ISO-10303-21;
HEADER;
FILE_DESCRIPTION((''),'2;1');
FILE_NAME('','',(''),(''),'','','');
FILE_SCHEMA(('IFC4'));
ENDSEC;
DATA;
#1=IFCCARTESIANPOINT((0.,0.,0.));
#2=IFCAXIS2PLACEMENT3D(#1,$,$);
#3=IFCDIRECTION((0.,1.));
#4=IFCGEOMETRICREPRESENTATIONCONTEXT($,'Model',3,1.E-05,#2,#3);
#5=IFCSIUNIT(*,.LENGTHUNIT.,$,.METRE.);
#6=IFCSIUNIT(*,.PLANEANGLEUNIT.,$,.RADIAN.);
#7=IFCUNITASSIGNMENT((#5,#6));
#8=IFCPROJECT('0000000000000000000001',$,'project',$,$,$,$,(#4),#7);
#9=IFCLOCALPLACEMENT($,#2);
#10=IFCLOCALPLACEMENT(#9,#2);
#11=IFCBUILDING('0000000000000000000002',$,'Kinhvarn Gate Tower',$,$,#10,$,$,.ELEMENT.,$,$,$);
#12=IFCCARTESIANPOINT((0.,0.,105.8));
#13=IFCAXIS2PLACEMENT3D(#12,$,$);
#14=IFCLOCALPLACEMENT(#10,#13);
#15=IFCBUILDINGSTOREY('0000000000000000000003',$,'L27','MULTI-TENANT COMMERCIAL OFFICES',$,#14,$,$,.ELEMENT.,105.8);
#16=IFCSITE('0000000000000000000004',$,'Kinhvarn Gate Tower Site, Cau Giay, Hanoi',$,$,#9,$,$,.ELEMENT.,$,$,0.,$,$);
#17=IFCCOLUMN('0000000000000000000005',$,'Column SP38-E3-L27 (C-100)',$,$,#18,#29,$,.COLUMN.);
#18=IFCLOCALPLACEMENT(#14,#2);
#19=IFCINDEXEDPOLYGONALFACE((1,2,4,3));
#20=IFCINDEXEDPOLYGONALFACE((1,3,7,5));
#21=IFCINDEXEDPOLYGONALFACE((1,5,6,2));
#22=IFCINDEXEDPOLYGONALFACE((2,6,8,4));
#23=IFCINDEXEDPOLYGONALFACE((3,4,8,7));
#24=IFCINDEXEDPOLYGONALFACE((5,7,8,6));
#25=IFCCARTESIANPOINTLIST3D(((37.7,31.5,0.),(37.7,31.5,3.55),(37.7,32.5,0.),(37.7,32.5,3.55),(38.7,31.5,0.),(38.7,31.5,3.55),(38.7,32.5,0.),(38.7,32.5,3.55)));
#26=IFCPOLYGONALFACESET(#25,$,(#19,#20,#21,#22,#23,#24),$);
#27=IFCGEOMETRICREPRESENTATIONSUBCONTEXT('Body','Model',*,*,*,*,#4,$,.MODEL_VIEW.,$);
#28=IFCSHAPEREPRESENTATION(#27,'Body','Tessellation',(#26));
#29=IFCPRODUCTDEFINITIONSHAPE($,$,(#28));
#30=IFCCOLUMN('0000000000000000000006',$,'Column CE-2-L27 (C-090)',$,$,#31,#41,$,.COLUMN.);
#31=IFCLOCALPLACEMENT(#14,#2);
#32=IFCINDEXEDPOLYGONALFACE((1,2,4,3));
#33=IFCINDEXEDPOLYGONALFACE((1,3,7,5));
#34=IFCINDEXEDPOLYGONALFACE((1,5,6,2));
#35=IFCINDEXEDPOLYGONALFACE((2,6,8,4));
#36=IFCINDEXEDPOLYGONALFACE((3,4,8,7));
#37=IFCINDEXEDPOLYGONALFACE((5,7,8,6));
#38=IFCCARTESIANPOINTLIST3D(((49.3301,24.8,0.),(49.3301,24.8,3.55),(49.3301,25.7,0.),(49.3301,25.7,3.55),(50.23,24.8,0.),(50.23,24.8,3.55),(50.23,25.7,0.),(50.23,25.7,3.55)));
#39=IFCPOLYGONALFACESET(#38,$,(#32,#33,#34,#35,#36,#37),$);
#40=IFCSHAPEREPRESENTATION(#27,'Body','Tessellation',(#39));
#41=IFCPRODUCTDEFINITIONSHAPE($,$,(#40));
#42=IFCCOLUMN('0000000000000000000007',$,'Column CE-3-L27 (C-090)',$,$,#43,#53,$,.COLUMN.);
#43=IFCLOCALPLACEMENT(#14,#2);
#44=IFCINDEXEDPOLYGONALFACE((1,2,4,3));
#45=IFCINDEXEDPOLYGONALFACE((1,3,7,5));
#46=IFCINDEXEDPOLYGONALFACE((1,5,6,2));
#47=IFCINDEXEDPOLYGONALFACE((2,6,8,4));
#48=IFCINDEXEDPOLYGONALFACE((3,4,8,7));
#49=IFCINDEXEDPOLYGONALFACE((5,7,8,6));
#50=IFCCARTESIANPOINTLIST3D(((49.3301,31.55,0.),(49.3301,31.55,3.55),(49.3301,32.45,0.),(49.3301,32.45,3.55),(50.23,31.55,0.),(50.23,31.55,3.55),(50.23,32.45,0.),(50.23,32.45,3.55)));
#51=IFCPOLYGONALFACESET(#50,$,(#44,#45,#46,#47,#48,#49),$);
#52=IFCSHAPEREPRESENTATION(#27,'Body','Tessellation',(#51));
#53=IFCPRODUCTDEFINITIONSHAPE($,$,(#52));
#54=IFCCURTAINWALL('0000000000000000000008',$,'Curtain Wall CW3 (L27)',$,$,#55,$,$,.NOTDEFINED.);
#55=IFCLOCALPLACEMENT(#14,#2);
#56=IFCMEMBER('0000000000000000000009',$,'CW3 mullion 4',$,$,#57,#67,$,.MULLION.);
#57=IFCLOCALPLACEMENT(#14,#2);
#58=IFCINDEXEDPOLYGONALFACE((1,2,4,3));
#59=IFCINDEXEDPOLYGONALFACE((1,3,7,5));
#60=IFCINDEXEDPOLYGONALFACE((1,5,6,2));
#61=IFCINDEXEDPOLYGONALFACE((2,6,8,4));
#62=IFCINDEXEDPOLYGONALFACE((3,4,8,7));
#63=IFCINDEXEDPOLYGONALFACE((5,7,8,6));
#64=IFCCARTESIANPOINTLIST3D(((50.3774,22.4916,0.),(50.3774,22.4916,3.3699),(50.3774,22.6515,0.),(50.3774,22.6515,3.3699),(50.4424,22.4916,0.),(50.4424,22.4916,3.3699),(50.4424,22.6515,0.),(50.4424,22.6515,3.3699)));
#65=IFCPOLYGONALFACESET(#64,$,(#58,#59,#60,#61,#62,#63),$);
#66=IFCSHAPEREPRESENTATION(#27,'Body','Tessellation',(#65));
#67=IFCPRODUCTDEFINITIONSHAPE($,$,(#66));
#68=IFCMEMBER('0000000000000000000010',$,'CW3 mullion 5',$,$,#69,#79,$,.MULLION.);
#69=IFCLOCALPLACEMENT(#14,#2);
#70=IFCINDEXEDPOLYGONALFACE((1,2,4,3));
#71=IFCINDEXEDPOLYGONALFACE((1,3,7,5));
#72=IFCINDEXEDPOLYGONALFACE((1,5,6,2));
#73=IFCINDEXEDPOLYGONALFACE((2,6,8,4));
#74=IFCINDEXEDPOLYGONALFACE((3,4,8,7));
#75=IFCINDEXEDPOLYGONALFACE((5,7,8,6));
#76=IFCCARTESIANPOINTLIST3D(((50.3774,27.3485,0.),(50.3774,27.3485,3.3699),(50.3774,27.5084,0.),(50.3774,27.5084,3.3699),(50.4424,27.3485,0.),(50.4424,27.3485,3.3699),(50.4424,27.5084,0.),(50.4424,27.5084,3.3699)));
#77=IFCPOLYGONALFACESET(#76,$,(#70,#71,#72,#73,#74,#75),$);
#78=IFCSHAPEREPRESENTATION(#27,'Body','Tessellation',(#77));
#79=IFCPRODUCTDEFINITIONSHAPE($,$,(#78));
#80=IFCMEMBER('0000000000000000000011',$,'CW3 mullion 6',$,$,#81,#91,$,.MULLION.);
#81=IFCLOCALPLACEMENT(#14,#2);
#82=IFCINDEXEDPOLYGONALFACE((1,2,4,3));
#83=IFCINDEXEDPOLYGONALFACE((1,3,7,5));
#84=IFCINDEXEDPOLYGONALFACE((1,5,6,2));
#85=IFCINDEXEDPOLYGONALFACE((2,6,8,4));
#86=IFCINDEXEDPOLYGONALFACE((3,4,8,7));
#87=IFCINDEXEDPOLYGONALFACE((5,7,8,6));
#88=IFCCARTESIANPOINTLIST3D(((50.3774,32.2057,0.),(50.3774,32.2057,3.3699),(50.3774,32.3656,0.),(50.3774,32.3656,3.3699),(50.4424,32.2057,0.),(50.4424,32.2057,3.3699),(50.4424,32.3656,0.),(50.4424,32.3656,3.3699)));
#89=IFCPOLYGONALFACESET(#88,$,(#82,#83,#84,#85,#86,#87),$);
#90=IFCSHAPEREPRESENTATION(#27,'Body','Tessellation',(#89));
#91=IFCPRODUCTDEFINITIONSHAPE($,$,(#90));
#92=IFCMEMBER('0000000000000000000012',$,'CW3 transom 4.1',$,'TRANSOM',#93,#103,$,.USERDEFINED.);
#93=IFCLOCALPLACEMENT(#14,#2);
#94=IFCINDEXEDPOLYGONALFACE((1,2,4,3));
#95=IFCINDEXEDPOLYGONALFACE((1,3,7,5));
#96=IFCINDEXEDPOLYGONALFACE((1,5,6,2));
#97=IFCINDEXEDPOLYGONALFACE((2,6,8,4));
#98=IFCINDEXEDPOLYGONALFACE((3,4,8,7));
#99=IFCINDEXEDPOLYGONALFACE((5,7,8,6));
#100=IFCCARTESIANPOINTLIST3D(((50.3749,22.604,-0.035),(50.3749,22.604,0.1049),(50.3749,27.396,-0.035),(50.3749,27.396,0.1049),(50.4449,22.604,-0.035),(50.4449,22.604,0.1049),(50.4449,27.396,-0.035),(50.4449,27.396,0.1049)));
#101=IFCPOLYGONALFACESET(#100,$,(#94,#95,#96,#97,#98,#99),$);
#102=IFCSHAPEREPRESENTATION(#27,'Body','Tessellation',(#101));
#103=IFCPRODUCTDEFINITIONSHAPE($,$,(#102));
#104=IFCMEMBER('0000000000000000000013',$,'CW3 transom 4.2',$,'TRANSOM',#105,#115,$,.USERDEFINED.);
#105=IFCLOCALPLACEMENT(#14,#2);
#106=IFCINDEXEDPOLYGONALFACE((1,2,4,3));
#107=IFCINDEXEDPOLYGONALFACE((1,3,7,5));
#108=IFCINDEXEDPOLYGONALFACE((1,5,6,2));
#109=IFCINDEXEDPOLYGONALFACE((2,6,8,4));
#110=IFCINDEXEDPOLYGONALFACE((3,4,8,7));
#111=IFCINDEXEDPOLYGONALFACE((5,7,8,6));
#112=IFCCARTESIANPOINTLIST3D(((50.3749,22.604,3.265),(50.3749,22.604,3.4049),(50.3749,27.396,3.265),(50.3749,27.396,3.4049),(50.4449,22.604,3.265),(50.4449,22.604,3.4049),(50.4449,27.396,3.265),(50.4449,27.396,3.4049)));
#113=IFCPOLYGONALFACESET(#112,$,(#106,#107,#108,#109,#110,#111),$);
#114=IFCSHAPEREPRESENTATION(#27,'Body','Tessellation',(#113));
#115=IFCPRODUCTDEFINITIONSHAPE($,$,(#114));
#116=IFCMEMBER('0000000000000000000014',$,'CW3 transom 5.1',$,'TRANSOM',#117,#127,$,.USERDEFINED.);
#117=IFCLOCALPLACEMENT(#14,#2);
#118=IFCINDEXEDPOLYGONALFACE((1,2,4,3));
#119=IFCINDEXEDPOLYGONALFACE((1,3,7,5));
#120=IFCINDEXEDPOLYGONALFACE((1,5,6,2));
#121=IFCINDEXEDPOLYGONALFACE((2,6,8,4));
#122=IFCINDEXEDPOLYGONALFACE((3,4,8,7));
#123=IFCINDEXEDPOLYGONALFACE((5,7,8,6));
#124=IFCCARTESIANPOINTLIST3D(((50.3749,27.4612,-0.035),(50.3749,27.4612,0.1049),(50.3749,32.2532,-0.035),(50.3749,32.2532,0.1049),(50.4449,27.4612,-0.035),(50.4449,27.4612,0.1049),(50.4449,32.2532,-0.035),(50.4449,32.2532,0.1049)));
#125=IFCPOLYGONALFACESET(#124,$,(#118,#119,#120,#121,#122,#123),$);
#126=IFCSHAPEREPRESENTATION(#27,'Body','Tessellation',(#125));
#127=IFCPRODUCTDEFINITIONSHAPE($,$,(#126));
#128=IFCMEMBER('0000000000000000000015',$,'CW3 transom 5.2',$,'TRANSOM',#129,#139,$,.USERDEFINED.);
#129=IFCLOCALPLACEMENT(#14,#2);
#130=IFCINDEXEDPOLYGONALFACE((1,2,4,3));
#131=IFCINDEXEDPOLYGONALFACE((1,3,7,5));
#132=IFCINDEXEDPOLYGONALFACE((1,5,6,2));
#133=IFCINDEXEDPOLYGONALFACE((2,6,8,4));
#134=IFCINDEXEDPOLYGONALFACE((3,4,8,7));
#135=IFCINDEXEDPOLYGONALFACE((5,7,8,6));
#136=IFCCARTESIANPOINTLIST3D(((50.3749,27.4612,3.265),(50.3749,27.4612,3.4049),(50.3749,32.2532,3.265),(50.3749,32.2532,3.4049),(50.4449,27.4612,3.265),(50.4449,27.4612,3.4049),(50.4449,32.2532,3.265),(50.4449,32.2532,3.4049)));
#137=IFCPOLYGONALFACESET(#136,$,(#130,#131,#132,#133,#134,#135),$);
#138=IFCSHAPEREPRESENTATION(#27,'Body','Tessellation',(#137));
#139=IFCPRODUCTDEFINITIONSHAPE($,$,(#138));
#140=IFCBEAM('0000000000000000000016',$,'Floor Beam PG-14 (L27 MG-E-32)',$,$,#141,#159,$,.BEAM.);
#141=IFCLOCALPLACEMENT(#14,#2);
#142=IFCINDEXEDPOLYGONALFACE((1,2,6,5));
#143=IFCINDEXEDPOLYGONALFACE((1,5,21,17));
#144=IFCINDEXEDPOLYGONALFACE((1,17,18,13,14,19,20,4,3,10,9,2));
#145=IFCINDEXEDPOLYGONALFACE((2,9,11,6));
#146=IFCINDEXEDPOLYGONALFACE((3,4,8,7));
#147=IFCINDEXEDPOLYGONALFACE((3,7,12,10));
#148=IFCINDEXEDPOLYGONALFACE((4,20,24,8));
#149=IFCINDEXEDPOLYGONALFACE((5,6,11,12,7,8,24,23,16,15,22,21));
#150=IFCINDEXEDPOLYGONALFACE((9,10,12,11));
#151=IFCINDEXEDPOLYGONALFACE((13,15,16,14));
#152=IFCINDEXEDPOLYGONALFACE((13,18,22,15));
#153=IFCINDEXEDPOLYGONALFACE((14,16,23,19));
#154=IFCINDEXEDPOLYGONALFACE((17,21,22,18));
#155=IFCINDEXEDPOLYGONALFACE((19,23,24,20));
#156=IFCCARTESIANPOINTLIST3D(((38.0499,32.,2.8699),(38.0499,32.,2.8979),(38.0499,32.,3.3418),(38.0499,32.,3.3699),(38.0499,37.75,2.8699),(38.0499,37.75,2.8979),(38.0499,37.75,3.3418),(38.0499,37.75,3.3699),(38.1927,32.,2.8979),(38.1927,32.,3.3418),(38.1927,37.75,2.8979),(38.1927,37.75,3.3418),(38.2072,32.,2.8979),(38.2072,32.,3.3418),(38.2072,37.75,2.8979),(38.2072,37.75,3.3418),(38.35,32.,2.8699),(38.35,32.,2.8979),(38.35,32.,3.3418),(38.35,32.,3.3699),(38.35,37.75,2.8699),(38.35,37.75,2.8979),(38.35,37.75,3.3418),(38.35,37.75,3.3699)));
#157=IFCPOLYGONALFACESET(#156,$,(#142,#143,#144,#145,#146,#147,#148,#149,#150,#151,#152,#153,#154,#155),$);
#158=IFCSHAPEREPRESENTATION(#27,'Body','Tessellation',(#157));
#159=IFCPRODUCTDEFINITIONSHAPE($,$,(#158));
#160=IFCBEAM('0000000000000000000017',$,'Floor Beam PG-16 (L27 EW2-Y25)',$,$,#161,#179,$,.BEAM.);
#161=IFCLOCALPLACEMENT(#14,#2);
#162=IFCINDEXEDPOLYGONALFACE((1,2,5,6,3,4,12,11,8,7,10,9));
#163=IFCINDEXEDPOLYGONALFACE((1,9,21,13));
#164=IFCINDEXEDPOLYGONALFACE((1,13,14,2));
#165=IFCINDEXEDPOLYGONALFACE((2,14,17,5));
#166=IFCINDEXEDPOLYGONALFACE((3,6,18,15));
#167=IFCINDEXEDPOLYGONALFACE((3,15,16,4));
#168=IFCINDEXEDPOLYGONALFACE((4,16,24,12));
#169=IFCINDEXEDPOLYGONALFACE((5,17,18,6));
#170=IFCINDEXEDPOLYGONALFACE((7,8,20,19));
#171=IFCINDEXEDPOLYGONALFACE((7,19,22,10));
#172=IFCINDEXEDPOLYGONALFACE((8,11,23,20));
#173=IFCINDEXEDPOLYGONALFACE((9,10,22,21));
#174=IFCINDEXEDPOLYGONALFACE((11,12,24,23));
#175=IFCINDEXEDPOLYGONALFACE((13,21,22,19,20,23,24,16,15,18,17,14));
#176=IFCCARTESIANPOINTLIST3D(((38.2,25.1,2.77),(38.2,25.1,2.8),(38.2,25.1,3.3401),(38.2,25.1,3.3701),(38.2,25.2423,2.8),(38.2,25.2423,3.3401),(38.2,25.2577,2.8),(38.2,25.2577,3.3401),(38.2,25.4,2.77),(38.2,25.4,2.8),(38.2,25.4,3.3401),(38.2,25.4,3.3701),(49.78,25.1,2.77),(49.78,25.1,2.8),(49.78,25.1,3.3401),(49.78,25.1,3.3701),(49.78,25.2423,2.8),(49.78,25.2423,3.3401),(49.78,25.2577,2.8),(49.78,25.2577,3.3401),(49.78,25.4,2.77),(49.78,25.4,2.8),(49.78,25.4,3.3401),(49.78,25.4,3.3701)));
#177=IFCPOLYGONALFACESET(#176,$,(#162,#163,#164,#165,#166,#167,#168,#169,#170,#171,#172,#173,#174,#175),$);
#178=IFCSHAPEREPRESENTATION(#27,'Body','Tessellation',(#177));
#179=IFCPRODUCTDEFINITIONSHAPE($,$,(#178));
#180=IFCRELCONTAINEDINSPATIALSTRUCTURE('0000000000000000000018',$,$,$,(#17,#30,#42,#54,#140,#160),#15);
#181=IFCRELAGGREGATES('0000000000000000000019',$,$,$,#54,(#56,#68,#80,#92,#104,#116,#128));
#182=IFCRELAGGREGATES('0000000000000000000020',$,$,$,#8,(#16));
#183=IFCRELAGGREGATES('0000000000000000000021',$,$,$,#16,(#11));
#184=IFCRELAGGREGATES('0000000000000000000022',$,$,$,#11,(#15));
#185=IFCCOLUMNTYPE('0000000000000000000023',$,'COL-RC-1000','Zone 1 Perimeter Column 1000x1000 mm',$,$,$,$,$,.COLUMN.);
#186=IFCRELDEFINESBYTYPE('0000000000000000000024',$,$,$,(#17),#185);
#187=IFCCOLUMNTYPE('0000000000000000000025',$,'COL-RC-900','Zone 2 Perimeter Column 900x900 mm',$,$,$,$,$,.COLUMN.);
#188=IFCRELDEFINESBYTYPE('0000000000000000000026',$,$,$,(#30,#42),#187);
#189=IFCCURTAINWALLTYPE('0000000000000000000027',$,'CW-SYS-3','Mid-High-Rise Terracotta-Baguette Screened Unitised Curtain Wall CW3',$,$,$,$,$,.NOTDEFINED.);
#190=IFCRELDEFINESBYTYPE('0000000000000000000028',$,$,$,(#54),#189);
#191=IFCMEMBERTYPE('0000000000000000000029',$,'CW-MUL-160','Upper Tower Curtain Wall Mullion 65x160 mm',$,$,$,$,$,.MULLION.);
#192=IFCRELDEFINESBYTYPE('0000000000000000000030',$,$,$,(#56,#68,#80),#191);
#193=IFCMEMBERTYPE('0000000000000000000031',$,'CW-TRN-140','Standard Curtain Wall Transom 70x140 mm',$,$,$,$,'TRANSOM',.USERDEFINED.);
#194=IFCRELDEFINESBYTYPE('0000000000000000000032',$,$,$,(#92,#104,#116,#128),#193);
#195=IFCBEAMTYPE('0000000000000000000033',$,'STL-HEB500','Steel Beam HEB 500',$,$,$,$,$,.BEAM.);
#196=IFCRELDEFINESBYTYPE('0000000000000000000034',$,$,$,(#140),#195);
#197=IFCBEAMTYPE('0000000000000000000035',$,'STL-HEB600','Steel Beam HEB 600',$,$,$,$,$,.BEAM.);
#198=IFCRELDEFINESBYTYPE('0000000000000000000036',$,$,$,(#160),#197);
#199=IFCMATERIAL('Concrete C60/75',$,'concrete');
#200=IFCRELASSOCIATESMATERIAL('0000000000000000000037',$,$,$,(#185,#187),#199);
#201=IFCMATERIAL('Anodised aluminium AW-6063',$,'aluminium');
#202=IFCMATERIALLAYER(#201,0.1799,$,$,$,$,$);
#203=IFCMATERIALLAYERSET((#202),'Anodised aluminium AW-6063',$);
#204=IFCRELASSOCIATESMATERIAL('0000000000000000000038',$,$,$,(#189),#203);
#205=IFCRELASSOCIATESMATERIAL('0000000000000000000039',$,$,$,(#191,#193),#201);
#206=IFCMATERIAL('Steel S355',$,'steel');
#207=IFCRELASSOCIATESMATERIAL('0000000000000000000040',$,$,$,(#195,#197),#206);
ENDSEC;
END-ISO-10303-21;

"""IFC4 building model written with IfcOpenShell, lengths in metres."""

from ifc_helpers import new_model, si_unit, direction, frame, origin, origin_2d, place, context, subcontext, project, spatial, rectangle, i_section, extrude, material, layer, layer_set, material_profile, profile_set, type_object, element, aggregate, save


model = new_model("IFC4")

# Units and contexts
model_context = context("Model", 3, precision=1e-05, world=origin(), true_north=direction((0.0, 1.0)))
body_context = subcontext(model_context, "Body", "Model", "MODEL_VIEW")
ifc_project = project(units=[si_unit("LENGTHUNIT", "METRE"), si_unit("PLANEANGLEUNIT", "RADIAN")], contexts=[model_context])

# Site, building, storey
site_placement = place(None, origin())
site = spatial("IfcSite", under=ifc_project, at=site_placement, Name="Kinhvarn Gate Tower Site, Cau Giay, Hanoi", CompositionType="ELEMENT", RefElevation=0.0)
building_placement = place(site_placement, origin())
building = spatial("IfcBuilding", under=site, at=building_placement, Name="Kinhvarn Gate Tower", CompositionType="ELEMENT")
storey_placement = place(building_placement, frame((0.0, 0.0, 105.8)))
storey = spatial("IfcBuildingStorey", under=building, at=storey_placement, Name="L27", Description="MULTI-TENANT COMMERCIAL OFFICES", CompositionType="ELEMENT", Elevation=105.8)

# Columns
ifc_material_1 = material(Name="Concrete C60/75", Category="concrete")
ifc_material_profile_1 = material_profile(ifc_material_1, rectangle(XDim=1.0, YDim=1.0, at=origin_2d()), Name="RC 1000x1000")
ifc_profile_set_1 = profile_set([ifc_material_profile_1], Name="Concrete C60/75")
column_type_1 = type_object("IfcColumnType", Name="COL-RC-1000", Description="Zone 1 Perimeter Column 1000x1000 mm", PredefinedType="COLUMN", material=ifc_profile_set_1)
column_placement = place(storey_placement, frame((38.2, 32.0, 0.0), z_axis=(0.0, 0.0, 1.0), x_axis=(1.0, 0.0, 0.0)))
element("IfcColumn", 1, at=column_placement, inside=storey, type_object=column_type_1, Name="Column SP38-E3-L27 (C-100)", PredefinedType="COLUMN", context=body_context, shape_type="SweptSolid", body=[
    extrude(rectangle(XDim=1.0, YDim=1.0, at=origin_2d()), origin(), (0.0, 0.0, 1.0), 3.55),
])
ifc_material_profile_2 = material_profile(ifc_material_1, rectangle(XDim=0.8999, YDim=0.8999, at=origin_2d()), Name="RC 900x900")
ifc_profile_set_2 = profile_set([ifc_material_profile_2], Name="Concrete C60/75")
column_type_2 = type_object("IfcColumnType", Name="COL-RC-900", Description="Zone 2 Perimeter Column 900x900 mm", PredefinedType="COLUMN", material=ifc_profile_set_2)
for number, where, z_axis, x_axis, name in (
    (2, (49.78, 25.25, 0.0), (0.0, 0.0, 1.0), (1.0, 0.0, 0.0), "Column CE-2-L27 (C-090)"),
    (3, (49.78, 32.0, 0.0), (0.0, 0.0, 1.0), (1.0, 0.0, 0.0), "Column CE-3-L27 (C-090)"),
):
    element("IfcColumn", number, at=place(storey_placement, frame(where, z_axis=z_axis, x_axis=x_axis)), inside=storey, type_object=column_type_2, Name=name, PredefinedType="COLUMN", context=body_context, shape_type="SweptSolid", body=[
        extrude(rectangle(XDim=0.8999, YDim=0.8999, at=origin_2d()), origin(), (0.0, 0.0, 1.0), 3.55),
    ])

# Curtain wall, members
ifc_material_2 = material(Name="Anodised aluminium AW-6063", Category="aluminium")
ifc_layer_1 = layer(ifc_material_2, 0.1799)
ifc_layer_set_1 = layer_set([ifc_layer_1], Name="Anodised aluminium AW-6063")
curtain_wall_type = type_object("IfcCurtainWallType", Name="CW-SYS-3", Description="Mid-High-Rise Terracotta-Baguette Screened Unitised Curtain Wall CW3", PredefinedType="NOTDEFINED", material=ifc_layer_set_1)
curtain_wall_placement = place(storey_placement, origin())
curtain_wall = element("IfcCurtainWall", 4, at=curtain_wall_placement, inside=storey, type_object=curtain_wall_type, Name="Curtain Wall CW3 (L27)", PredefinedType="NOTDEFINED")
ifc_material_profile_3 = material_profile(ifc_material_2, rectangle(XDim=0.0649, YDim=0.1599, at=origin_2d()), Name="ALU 65x160")
ifc_profile_set_3 = profile_set([ifc_material_profile_3], Name="Anodised aluminium AW-6063")
member_type_1 = type_object("IfcMemberType", Name="CW-MUL-160", Description="Upper Tower Curtain Wall Mullion 65x160 mm", PredefinedType="MULLION", material=ifc_profile_set_3)
member_1_placement = place(storey_placement, frame((50.4099, 22.5715, 0.0), z_axis=(0.0, 0.0, 1.0), x_axis=(-1.0, 0.0, 0.0)))
member_1 = element("IfcMember", 5, at=member_1_placement, type_object=member_type_1, Name="CW3 mullion 4", PredefinedType="MULLION", context=body_context, shape_type="SweptSolid", body=[
    extrude(rectangle(XDim=0.0649, YDim=0.1599, at=origin_2d()), origin(), (0.0, 0.0, 1.0), 3.3699),
])
member_2_placement = place(storey_placement, frame((50.4099, 27.4285, 0.0), z_axis=(0.0, 0.0, 1.0), x_axis=(-1.0, 0.0, 0.0)))
member_2 = element("IfcMember", 6, at=member_2_placement, type_object=member_type_1, Name="CW3 mullion 5", PredefinedType="MULLION", context=body_context, shape_type="SweptSolid", body=[
    extrude(rectangle(XDim=0.0649, YDim=0.1599, at=origin_2d()), origin(), (0.0, 0.0, 1.0), 3.3699),
])
member_3_placement = place(storey_placement, frame((50.4099, 32.2856, 0.0), z_axis=(0.0, 0.0, 1.0), x_axis=(-1.0, 0.0, 0.0)))
member_3 = element("IfcMember", 7, at=member_3_placement, type_object=member_type_1, Name="CW3 mullion 6", PredefinedType="MULLION", context=body_context, shape_type="SweptSolid", body=[
    extrude(rectangle(XDim=0.0649, YDim=0.1599, at=origin_2d()), origin(), (0.0, 0.0, 1.0), 3.3699),
])
ifc_material_profile_4 = material_profile(ifc_material_2, rectangle(XDim=0.0701, YDim=0.1399, at=origin_2d()), Name="ALU 70x140")
ifc_profile_set_4 = profile_set([ifc_material_profile_4], Name="Anodised aluminium AW-6063")
member_type_2 = type_object("IfcMemberType", Name="CW-TRN-140", Description="Standard Curtain Wall Transom 70x140 mm", ElementType="TRANSOM", PredefinedType="USERDEFINED", material=ifc_profile_set_4)
member_4_placement = place(storey_placement, frame((50.4099, 22.604, 0.0349), z_axis=(0.0, 1.0, 0.0), x_axis=(-1.0, 0.0, 0.0)))
member_4 = element("IfcMember", 8, at=member_4_placement, type_object=member_type_2, Name="CW3 transom 4.1", ObjectType="TRANSOM", PredefinedType="USERDEFINED", context=body_context, shape_type="SweptSolid", body=[
    extrude(rectangle(XDim=0.0701, YDim=0.1399, at=origin_2d()), origin(), (0.0, 0.0, 1.0), 4.792),
])
member_5_placement = place(storey_placement, frame((50.4099, 22.604, 3.335), z_axis=(0.0, 1.0, 0.0), x_axis=(-1.0, 0.0, 0.0)))
member_5 = element("IfcMember", 9, at=member_5_placement, type_object=member_type_2, Name="CW3 transom 4.2", ObjectType="TRANSOM", PredefinedType="USERDEFINED", context=body_context, shape_type="SweptSolid", body=[
    extrude(rectangle(XDim=0.0701, YDim=0.1399, at=origin_2d()), origin(), (0.0, 0.0, 1.0), 4.792),
])
member_6_placement = place(storey_placement, frame((50.4099, 27.4612, 0.0349), z_axis=(0.0, 1.0, 0.0), x_axis=(-1.0, 0.0, 0.0)))
member_6 = element("IfcMember", 10, at=member_6_placement, type_object=member_type_2, Name="CW3 transom 5.1", ObjectType="TRANSOM", PredefinedType="USERDEFINED", context=body_context, shape_type="SweptSolid", body=[
    extrude(rectangle(XDim=0.0701, YDim=0.1399, at=origin_2d()), origin(), (0.0, 0.0, 1.0), 4.792),
])
member_7_placement = place(storey_placement, frame((50.4099, 27.4612, 3.335), z_axis=(0.0, 1.0, 0.0), x_axis=(-1.0, 0.0, 0.0)))
member_7 = element("IfcMember", 11, at=member_7_placement, type_object=member_type_2, Name="CW3 transom 5.2", ObjectType="TRANSOM", PredefinedType="USERDEFINED", context=body_context, shape_type="SweptSolid", body=[
    extrude(rectangle(XDim=0.0701, YDim=0.1399, at=origin_2d()), origin(), (0.0, 0.0, 1.0), 4.792),
])

# Beams
ifc_material_3 = material(Name="Steel S355", Category="steel")
ifc_material_profile_5 = material_profile(ifc_material_3, i_section(OverallWidth=0.3, OverallDepth=0.5, WebThickness=0.0144, FlangeThickness=0.0281, at=origin_2d()), Name="HEB 500")
ifc_profile_set_5 = profile_set([ifc_material_profile_5], Name="Steel S355")
beam_type_1 = type_object("IfcBeamType", Name="STL-HEB500", Description="Steel Beam HEB 500", PredefinedType="BEAM", material=ifc_profile_set_5)
beam_1_placement = place(storey_placement, frame((38.2, 32.0, 3.1199), z_axis=(0.0, 1.0, 0.0), x_axis=(-1.0, 0.0, 0.0)))
element("IfcBeam", 12, at=beam_1_placement, inside=storey, type_object=beam_type_1, Name="Floor Beam PG-14 (L27 MG-E-32)", PredefinedType="BEAM", context=body_context, shape_type="SweptSolid", body=[
    extrude(i_section(OverallWidth=0.3, OverallDepth=0.5, WebThickness=0.0144, FlangeThickness=0.0281, at=origin_2d()), origin(), (0.0, 0.0, 1.0), 5.75),
])
ifc_material_profile_6 = material_profile(ifc_material_3, i_section(OverallWidth=0.3, OverallDepth=0.6001, WebThickness=0.0154, FlangeThickness=0.03, at=origin_2d()), Name="HEB 600")
ifc_profile_set_6 = profile_set([ifc_material_profile_6], Name="Steel S355")
beam_type_2 = type_object("IfcBeamType", Name="STL-HEB600", Description="Steel Beam HEB 600", PredefinedType="BEAM", material=ifc_profile_set_6)
for number, where, z_axis, x_axis, name in (
    (13, (38.2, 25.25, 3.0701), (1.0, 0.0, 0.0), (0.0, 1.0, 0.0), "Floor Beam PG-16 (L27 EW2-Y25)"),
):
    element("IfcBeam", number, at=place(storey_placement, frame(where, z_axis=z_axis, x_axis=x_axis)), inside=storey, type_object=beam_type_2, Name=name, PredefinedType="BEAM", context=body_context, shape_type="SweptSolid", body=[
        extrude(i_section(OverallWidth=0.3, OverallDepth=0.6001, WebThickness=0.0154, FlangeThickness=0.03, at=origin_2d()), origin(), (0.0, 0.0, 1.0), 11.5801),
    ])

aggregate(curtain_wall, [member_1, member_2, member_3, member_4, member_5, member_6, member_7])

save(model, "model.ifc")
